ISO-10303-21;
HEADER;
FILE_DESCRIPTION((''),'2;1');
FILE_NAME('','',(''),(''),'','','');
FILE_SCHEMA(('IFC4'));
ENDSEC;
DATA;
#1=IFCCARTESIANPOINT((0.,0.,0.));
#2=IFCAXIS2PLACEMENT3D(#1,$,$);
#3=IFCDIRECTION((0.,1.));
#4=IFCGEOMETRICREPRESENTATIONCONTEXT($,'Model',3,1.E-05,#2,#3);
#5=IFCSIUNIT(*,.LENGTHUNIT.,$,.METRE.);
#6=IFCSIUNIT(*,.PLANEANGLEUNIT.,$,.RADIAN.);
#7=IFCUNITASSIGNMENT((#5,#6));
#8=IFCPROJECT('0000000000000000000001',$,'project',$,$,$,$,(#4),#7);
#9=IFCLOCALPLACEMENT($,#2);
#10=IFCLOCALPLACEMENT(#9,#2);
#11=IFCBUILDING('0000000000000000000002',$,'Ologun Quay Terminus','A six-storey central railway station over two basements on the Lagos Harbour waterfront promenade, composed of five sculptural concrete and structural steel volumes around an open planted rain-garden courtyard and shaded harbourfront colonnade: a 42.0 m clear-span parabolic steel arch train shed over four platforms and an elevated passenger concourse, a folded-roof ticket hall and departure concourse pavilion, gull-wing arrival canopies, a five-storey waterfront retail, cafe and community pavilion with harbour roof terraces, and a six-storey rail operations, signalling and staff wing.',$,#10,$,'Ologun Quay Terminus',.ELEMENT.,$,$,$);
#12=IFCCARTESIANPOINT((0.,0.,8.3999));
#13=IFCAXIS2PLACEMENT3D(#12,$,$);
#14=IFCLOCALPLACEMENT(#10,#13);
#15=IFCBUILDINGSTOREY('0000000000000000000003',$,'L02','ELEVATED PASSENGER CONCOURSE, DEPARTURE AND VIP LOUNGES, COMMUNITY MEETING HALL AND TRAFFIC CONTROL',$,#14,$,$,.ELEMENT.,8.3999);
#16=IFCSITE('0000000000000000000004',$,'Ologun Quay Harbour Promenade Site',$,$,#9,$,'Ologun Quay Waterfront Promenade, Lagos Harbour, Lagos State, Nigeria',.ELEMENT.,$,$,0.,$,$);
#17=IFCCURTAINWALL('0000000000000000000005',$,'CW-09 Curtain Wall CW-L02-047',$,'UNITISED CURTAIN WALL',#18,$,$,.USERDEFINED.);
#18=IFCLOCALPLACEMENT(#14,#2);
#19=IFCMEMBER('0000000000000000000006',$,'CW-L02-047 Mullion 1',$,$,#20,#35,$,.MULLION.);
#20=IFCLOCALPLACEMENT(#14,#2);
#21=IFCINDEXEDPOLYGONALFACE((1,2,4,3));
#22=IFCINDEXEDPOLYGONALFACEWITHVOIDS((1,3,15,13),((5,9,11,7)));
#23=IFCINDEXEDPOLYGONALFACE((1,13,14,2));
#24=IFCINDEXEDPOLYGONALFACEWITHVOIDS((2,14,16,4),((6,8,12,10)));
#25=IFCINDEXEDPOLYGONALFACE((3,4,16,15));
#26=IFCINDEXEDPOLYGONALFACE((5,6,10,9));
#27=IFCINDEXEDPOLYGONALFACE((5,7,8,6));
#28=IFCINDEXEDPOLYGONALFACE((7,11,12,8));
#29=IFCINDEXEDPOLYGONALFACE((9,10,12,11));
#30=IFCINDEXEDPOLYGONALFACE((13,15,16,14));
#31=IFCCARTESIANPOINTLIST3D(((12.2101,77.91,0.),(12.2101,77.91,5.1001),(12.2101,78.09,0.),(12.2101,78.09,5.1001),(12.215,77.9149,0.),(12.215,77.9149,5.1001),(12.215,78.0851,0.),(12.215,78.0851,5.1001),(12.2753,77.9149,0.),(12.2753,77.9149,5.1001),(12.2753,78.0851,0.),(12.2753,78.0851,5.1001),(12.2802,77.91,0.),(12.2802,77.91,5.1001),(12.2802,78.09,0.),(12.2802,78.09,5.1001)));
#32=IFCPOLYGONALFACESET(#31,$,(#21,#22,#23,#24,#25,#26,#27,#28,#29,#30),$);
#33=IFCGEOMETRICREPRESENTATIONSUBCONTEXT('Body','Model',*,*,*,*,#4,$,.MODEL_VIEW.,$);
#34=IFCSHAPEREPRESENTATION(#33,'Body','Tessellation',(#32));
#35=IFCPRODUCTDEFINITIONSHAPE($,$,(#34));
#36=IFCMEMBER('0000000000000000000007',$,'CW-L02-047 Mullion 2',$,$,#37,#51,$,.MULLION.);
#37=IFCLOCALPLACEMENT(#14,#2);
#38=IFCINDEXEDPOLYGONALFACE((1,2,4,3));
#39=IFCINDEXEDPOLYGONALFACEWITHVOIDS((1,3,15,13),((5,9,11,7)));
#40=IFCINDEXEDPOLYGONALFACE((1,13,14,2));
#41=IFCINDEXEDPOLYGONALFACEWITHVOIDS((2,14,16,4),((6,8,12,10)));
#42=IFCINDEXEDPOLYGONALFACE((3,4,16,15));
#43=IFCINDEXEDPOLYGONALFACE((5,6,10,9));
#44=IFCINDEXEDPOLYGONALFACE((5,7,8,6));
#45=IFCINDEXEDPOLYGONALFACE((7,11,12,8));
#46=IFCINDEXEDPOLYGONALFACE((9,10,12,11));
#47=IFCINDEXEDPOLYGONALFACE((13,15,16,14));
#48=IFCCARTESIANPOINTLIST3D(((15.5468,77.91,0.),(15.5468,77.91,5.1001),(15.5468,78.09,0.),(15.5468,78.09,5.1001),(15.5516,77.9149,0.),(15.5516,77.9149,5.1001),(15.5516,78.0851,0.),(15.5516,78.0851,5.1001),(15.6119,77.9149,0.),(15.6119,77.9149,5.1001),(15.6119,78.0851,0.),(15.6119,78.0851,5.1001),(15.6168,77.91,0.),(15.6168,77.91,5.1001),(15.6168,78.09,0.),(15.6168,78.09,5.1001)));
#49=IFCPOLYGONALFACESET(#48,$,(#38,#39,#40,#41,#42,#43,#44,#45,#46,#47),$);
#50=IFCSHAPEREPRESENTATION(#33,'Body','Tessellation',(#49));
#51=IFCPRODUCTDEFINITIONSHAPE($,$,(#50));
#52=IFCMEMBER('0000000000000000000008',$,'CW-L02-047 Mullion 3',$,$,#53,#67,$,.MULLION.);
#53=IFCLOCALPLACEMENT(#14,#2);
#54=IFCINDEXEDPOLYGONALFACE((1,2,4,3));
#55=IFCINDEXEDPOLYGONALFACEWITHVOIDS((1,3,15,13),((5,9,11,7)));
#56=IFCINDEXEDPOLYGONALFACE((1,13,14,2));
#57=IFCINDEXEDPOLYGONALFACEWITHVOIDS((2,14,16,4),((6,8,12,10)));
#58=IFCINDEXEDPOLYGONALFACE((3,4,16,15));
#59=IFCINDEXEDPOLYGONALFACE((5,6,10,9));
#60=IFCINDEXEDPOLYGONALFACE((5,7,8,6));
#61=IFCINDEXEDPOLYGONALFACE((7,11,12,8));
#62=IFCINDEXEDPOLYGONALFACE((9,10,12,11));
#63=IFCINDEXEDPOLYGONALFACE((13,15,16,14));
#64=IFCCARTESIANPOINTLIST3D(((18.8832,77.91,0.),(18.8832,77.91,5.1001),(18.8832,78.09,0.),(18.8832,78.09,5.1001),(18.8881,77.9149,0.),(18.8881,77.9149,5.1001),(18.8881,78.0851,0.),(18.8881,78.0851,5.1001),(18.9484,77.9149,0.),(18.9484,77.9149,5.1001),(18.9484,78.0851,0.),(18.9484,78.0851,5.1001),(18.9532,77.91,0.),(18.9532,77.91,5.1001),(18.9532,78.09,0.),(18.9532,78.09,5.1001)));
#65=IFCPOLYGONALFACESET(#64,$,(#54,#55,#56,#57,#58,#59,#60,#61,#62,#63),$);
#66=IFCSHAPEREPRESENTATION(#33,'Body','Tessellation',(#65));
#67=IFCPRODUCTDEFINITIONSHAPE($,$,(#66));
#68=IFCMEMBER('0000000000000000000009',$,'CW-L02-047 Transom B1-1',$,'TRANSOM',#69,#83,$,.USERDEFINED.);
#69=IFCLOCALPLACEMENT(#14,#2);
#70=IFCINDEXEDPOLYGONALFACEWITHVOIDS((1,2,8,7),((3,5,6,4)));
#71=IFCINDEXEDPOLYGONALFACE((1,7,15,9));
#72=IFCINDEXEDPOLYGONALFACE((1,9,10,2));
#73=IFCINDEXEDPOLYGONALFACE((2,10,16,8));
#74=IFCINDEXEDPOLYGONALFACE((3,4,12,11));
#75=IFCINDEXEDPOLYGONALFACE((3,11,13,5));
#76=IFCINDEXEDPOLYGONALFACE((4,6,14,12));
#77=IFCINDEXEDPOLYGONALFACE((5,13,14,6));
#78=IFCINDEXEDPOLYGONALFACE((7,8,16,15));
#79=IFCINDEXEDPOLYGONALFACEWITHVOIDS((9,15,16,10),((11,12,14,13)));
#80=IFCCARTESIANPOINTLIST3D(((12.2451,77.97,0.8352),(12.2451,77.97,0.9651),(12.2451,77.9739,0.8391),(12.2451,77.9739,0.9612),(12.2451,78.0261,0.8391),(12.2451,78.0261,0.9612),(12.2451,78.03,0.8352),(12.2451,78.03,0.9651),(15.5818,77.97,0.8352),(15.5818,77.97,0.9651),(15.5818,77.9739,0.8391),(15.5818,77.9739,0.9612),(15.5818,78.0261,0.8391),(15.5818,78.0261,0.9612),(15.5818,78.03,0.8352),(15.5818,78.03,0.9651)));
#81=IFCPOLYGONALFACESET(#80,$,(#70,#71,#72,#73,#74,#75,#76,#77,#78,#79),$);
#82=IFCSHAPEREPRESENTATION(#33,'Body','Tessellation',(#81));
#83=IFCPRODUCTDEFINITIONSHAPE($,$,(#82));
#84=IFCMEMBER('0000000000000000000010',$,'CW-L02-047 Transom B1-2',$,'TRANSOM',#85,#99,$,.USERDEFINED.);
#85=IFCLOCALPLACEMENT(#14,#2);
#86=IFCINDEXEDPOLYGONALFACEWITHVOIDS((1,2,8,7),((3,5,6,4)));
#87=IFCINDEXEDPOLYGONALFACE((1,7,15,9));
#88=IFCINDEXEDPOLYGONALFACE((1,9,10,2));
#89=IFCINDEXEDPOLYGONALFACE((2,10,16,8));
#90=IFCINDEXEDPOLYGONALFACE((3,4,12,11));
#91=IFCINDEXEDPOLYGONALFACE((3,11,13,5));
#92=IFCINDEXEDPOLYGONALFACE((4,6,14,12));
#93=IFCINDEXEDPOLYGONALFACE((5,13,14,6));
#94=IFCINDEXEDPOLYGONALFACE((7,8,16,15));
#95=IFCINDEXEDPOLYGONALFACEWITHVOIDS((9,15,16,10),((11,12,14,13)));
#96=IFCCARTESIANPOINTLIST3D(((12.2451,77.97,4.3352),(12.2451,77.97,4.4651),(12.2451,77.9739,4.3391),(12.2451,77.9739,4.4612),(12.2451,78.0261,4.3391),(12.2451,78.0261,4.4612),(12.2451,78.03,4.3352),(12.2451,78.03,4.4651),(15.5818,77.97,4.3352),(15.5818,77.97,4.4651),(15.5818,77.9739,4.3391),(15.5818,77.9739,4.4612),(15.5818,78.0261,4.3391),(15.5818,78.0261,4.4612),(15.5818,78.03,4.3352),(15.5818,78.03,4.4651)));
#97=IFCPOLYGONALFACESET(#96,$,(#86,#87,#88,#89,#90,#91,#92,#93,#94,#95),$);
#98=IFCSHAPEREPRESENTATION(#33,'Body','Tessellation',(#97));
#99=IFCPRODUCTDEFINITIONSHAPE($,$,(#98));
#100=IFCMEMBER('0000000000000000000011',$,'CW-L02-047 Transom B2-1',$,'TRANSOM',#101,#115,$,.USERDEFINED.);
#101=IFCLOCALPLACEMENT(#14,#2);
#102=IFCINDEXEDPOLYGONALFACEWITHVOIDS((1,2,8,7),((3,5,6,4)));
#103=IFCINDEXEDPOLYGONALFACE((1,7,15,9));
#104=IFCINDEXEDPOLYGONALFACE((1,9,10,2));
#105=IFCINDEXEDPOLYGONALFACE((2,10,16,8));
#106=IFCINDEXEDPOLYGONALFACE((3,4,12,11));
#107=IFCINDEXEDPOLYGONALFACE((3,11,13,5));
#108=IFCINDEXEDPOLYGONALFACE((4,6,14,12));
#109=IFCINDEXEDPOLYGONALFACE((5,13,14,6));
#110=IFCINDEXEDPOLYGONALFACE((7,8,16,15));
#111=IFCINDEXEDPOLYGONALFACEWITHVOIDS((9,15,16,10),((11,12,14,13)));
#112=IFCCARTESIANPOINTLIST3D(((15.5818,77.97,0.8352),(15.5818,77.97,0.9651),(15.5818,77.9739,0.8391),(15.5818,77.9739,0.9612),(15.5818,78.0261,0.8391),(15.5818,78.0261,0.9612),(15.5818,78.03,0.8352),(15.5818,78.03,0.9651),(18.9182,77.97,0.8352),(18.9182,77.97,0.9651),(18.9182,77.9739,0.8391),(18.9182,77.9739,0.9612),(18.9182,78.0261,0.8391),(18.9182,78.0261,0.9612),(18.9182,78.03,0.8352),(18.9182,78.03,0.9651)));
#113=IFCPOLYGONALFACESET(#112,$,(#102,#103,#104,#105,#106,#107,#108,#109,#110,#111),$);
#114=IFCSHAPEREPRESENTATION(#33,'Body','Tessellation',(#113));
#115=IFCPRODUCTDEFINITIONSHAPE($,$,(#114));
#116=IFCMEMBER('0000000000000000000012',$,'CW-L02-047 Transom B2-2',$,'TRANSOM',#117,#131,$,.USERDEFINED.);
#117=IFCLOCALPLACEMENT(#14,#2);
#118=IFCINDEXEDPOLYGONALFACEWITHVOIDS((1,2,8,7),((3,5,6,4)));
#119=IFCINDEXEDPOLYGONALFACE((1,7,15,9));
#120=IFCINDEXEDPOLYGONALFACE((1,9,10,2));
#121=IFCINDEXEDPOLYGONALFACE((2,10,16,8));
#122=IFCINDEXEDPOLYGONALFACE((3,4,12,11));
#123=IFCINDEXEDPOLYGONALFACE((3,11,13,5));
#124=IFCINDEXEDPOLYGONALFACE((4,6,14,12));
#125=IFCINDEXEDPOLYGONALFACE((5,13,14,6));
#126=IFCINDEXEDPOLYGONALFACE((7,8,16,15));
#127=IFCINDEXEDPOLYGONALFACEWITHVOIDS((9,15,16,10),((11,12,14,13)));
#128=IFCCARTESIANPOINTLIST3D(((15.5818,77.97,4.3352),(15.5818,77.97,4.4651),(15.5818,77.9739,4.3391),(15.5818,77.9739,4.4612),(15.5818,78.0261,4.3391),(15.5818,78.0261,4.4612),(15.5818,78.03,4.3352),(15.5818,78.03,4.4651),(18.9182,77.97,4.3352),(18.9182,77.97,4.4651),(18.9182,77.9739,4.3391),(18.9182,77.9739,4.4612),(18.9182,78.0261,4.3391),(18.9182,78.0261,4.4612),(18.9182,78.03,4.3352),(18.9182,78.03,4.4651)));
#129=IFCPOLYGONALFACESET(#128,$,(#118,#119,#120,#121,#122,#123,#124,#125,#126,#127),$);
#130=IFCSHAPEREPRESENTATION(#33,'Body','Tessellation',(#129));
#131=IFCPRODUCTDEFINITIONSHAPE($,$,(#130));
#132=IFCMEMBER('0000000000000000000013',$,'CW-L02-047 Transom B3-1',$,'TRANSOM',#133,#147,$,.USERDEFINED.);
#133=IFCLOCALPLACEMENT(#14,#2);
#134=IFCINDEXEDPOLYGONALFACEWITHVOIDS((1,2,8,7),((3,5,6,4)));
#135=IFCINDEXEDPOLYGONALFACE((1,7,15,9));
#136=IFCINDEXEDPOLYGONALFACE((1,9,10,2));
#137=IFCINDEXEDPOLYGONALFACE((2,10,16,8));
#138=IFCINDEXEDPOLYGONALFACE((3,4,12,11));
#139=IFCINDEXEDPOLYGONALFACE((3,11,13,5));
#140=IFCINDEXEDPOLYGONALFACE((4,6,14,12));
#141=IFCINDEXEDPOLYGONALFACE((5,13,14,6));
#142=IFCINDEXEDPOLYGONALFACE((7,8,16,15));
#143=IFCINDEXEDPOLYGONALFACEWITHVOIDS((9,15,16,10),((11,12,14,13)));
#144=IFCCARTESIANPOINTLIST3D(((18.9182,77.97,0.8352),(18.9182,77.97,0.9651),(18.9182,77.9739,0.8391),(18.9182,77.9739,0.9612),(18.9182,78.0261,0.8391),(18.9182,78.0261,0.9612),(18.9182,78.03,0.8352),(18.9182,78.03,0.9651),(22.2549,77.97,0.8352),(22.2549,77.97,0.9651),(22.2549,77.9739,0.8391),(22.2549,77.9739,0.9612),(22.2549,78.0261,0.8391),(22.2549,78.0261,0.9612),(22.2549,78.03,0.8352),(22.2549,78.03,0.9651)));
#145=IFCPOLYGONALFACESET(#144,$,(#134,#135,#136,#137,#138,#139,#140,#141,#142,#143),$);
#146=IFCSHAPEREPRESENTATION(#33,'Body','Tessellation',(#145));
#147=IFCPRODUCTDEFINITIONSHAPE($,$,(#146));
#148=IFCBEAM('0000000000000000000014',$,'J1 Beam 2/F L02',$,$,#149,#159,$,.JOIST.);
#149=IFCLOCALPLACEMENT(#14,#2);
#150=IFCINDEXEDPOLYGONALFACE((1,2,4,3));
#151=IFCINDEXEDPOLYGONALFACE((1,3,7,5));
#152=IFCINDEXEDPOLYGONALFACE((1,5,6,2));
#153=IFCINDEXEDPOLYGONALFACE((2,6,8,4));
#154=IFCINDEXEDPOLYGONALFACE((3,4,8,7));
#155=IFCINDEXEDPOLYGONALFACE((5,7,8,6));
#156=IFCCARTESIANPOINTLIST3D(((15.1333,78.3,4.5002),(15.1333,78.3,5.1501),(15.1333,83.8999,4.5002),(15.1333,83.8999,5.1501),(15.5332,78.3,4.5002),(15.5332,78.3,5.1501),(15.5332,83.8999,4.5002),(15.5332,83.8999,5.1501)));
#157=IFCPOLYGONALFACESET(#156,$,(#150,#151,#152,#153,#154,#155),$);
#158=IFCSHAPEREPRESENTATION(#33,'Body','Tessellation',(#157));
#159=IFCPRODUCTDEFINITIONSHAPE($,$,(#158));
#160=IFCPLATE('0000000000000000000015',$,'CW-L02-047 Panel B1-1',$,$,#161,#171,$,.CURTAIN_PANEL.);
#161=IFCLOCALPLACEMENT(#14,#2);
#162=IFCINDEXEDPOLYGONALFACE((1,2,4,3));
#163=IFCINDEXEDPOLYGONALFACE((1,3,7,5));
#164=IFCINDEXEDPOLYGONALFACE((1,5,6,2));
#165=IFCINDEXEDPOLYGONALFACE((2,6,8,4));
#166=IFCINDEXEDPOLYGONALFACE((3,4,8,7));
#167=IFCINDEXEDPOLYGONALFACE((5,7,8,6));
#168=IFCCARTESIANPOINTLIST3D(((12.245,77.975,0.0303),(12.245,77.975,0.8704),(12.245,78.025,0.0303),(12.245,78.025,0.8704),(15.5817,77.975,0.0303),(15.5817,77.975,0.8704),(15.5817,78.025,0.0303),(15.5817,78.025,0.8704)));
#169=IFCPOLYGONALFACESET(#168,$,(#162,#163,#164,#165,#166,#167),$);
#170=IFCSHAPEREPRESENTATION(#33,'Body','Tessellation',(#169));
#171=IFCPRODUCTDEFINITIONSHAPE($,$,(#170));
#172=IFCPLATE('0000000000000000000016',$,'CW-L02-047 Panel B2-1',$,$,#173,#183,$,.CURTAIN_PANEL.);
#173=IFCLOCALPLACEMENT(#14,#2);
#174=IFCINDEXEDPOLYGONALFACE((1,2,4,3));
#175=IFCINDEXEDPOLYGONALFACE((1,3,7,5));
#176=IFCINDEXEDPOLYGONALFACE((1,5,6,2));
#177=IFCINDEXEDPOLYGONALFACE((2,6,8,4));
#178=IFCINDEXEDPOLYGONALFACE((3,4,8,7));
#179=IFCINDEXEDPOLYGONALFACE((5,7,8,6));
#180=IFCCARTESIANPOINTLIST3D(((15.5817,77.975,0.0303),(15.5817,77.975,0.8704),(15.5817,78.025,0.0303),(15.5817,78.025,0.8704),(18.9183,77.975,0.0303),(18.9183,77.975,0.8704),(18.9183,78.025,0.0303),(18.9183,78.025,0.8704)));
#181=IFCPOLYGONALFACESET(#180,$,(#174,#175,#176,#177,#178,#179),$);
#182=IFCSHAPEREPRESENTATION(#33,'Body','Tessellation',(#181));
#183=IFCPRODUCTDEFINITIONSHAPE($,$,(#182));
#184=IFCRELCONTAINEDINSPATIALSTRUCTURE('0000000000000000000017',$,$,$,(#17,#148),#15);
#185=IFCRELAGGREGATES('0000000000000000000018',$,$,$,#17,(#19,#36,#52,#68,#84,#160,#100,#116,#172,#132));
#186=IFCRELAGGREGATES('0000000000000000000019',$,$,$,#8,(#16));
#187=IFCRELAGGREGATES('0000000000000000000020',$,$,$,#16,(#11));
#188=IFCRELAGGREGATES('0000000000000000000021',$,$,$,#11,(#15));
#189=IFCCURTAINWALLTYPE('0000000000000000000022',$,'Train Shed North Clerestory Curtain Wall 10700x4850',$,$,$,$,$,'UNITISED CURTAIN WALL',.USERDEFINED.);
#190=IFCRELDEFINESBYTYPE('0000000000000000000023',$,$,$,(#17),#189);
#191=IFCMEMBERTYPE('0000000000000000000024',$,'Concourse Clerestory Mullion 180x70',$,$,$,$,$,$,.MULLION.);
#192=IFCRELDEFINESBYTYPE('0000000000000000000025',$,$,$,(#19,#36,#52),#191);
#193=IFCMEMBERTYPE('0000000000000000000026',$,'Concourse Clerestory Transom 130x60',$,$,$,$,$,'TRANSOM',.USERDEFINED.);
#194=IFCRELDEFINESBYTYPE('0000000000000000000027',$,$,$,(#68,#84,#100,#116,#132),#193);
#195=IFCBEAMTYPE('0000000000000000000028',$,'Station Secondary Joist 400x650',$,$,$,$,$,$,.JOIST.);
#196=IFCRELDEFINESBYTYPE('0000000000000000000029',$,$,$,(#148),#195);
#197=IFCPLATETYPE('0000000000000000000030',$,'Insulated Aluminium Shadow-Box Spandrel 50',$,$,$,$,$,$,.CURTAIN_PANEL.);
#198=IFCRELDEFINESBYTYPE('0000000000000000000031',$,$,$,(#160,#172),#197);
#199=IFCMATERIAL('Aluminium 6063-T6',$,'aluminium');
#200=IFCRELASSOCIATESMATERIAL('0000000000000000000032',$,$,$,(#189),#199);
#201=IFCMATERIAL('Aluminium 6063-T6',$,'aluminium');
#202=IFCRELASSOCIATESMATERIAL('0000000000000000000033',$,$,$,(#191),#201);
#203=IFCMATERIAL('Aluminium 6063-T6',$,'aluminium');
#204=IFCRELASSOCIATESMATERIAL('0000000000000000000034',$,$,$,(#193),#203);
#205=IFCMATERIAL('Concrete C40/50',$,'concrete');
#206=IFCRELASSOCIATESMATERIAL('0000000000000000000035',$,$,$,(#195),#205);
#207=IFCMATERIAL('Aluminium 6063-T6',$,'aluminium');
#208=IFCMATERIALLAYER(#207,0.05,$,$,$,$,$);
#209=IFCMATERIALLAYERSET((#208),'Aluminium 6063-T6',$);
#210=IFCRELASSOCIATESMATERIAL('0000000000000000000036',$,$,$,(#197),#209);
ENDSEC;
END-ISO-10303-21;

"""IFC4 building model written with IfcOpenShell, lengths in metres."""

from ifc_helpers import new_model, si_unit, direction, frame, origin, origin_2d, place, context, subcontext, project, spatial, rectangle, hollow_rectangle, extrude, material, layer, layer_set, material_profile, profile_set, type_object, element, aggregate, save


model = new_model("IFC4")

# Units and contexts
model_context = context("Model", 3, precision=1e-05, world=origin(), true_north=direction((0.0, 1.0)))
body_context = subcontext(model_context, "Body", "Model", "MODEL_VIEW")
ifc_project = project(units=[si_unit("LENGTHUNIT", "METRE"), si_unit("PLANEANGLEUNIT", "RADIAN")], contexts=[model_context])

# Site, building, storey
site_placement = place(None, origin())
site = spatial("IfcSite", under=ifc_project, at=site_placement, Name="Ologun Quay Harbour Promenade Site", LongName="Ologun Quay Waterfront Promenade, Lagos Harbour, Lagos State, Nigeria", CompositionType="ELEMENT", RefElevation=0.0)
building_placement = place(site_placement, origin())
building = spatial("IfcBuilding", under=site, at=building_placement, Name="Ologun Quay Terminus", Description="A six-storey central railway station over two basements on the Lagos Harbour waterfront promenade, composed of five sculptural concrete and structural steel volumes around an open planted rain-garden courtyard and shaded harbourfront colonnade: a 42.0 m clear-span parabolic steel arch train shed over four platforms and an elevated passenger concourse, a folded-roof ticket hall and departure concourse pavilion, gull-wing arrival canopies, a five-storey waterfront retail, cafe and community pavilion with harbour roof terraces, and a six-storey rail operations, signalling and staff wing.", LongName="Ologun Quay Terminus", CompositionType="ELEMENT")
storey_placement = place(building_placement, frame((0.0, 0.0, 8.3999)))
storey = spatial("IfcBuildingStorey", under=building, at=storey_placement, Name="L02", Description="ELEVATED PASSENGER CONCOURSE, DEPARTURE AND VIP LOUNGES, COMMUNITY MEETING HALL AND TRAFFIC CONTROL", CompositionType="ELEMENT", Elevation=8.3999)

# Curtain wall, members
ifc_material_1 = material(Name="Aluminium 6063-T6", Category="aluminium")
curtain_wall_type = type_object("IfcCurtainWallType", Name="Train Shed North Clerestory Curtain Wall 10700x4850", ElementType="UNITISED CURTAIN WALL", PredefinedType="USERDEFINED", material=ifc_material_1)
curtain_wall_placement = place(storey_placement, origin())
curtain_wall = element("IfcCurtainWall", 1, at=curtain_wall_placement, inside=storey, type_object=curtain_wall_type, Name="CW-09 Curtain Wall CW-L02-047", ObjectType="UNITISED CURTAIN WALL", PredefinedType="USERDEFINED")
ifc_material_2 = material(Name="Aluminium 6063-T6", Category="aluminium")
ifc_material_profile_1 = material_profile(ifc_material_2, hollow_rectangle(XDim=0.0701, YDim=0.1799, WallThickness=0.0049, at=origin_2d()), Name="ALU 180x70x5")
ifc_profile_set_1 = profile_set([ifc_material_profile_1], Name="Aluminium 6063-T6")
member_type_1 = type_object("IfcMemberType", Name="Concourse Clerestory Mullion 180x70", PredefinedType="MULLION", material=ifc_profile_set_1)
member_1_placement = place(storey_placement, frame((12.2451, 78.0, 0.0), z_axis=(0.0, 0.0, 1.0), x_axis=(1.0, 0.0, 0.0)))
member_1 = element("IfcMember", 2, at=member_1_placement, type_object=member_type_1, Name="CW-L02-047 Mullion 1", PredefinedType="MULLION", context=body_context, shape_type="SweptSolid", body=[
    extrude(hollow_rectangle(XDim=0.0701, YDim=0.1799, WallThickness=0.0049, at=origin_2d()), origin(), (0.0, 0.0, 1.0), 5.1001),
])
member_2_placement = place(storey_placement, frame((15.5818, 78.0, 0.0), z_axis=(0.0, 0.0, 1.0), x_axis=(1.0, 0.0, 0.0)))
member_2 = element("IfcMember", 3, at=member_2_placement, type_object=member_type_1, Name="CW-L02-047 Mullion 2", PredefinedType="MULLION", context=body_context, shape_type="SweptSolid", body=[
    extrude(hollow_rectangle(XDim=0.0701, YDim=0.1799, WallThickness=0.0049, at=origin_2d()), origin(), (0.0, 0.0, 1.0), 5.1001),
])
member_3_placement = place(storey_placement, frame((18.9182, 78.0, 0.0), z_axis=(0.0, 0.0, 1.0), x_axis=(1.0, 0.0, 0.0)))
member_3 = element("IfcMember", 4, at=member_3_placement, type_object=member_type_1, Name="CW-L02-047 Mullion 3", PredefinedType="MULLION", context=body_context, shape_type="SweptSolid", body=[
    extrude(hollow_rectangle(XDim=0.0701, YDim=0.1799, WallThickness=0.0049, at=origin_2d()), origin(), (0.0, 0.0, 1.0), 5.1001),
])
ifc_material_3 = material(Name="Aluminium 6063-T6", Category="aluminium")
ifc_material_profile_2 = material_profile(ifc_material_3, hollow_rectangle(XDim=0.0601, YDim=0.1299, WallThickness=0.0039, at=origin_2d()), Name="ALU 130x60x4")
ifc_profile_set_2 = profile_set([ifc_material_profile_2], Name="Aluminium 6063-T6")
member_type_2 = type_object("IfcMemberType", Name="Concourse Clerestory Transom 130x60", ElementType="TRANSOM", PredefinedType="USERDEFINED", material=ifc_profile_set_2)
member_4_placement = place(storey_placement, frame((12.2451, 78.0, 0.9001), z_axis=(1.0, 0.0, 0.0), x_axis=(0.0, 1.0, 0.0)))
member_4 = element("IfcMember", 5, at=member_4_placement, type_object=member_type_2, Name="CW-L02-047 Transom B1-1", ObjectType="TRANSOM", PredefinedType="USERDEFINED", context=body_context, shape_type="SweptSolid", body=[
    extrude(hollow_rectangle(XDim=0.0601, YDim=0.1299, WallThickness=0.0039, at=origin_2d()), origin(), (0.0, 0.0, 1.0), 3.3367),
])
member_5_placement = place(storey_placement, frame((12.2451, 78.0, 4.4001), z_axis=(1.0, 0.0, 0.0), x_axis=(0.0, 1.0, 0.0)))
member_5 = element("IfcMember", 6, at=member_5_placement, type_object=member_type_2, Name="CW-L02-047 Transom B1-2", ObjectType="TRANSOM", PredefinedType="USERDEFINED", context=body_context, shape_type="SweptSolid", body=[
    extrude(hollow_rectangle(XDim=0.0601, YDim=0.1299, WallThickness=0.0039, at=origin_2d()), origin(), (0.0, 0.0, 1.0), 3.3367),
])
member_6_placement = place(storey_placement, frame((15.5818, 78.0, 0.9001), z_axis=(1.0, 0.0, 0.0), x_axis=(0.0, 1.0, 0.0)))
member_6 = element("IfcMember", 7, at=member_6_placement, type_object=member_type_2, Name="CW-L02-047 Transom B2-1", ObjectType="TRANSOM", PredefinedType="USERDEFINED", context=body_context, shape_type="SweptSolid", body=[
    extrude(hollow_rectangle(XDim=0.0601, YDim=0.1299, WallThickness=0.0039, at=origin_2d()), origin(), (0.0, 0.0, 1.0), 3.3364),
])
member_7_placement = place(storey_placement, frame((15.5818, 78.0, 4.4001), z_axis=(1.0, 0.0, 0.0), x_axis=(0.0, 1.0, 0.0)))
member_7 = element("IfcMember", 8, at=member_7_placement, type_object=member_type_2, Name="CW-L02-047 Transom B2-2", ObjectType="TRANSOM", PredefinedType="USERDEFINED", context=body_context, shape_type="SweptSolid", body=[
    extrude(hollow_rectangle(XDim=0.0601, YDim=0.1299, WallThickness=0.0039, at=origin_2d()), origin(), (0.0, 0.0, 1.0), 3.3364),
])
member_8_placement = place(storey_placement, frame((18.9182, 78.0, 0.9001), z_axis=(1.0, 0.0, 0.0), x_axis=(0.0, 1.0, 0.0)))
member_8 = element("IfcMember", 9, at=member_8_placement, type_object=member_type_2, Name="CW-L02-047 Transom B3-1", ObjectType="TRANSOM", PredefinedType="USERDEFINED", context=body_context, shape_type="SweptSolid", body=[
    extrude(hollow_rectangle(XDim=0.0601, YDim=0.1299, WallThickness=0.0039, at=origin_2d()), origin(), (0.0, 0.0, 1.0), 3.3367),
])

# Beam
ifc_material_4 = material(Name="Concrete C40/50", Category="concrete")
ifc_material_profile_3 = material_profile(ifc_material_4, rectangle(XDim=0.3999, YDim=0.6499, at=origin_2d()), Name="RC 400x650")
ifc_profile_set_3 = profile_set([ifc_material_profile_3], Name="Concrete C40/50")
beam_type = type_object("IfcBeamType", Name="Station Secondary Joist 400x650", PredefinedType="JOIST", material=ifc_profile_set_3)
beam_placement = place(storey_placement, frame((15.3333, 78.3, 4.8252), z_axis=(0.0, 1.0, 0.0), x_axis=(-1.0, 0.0, 0.0)))
element("IfcBeam", 10, at=beam_placement, inside=storey, type_object=beam_type, Name="J1 Beam 2/F L02", PredefinedType="JOIST", context=body_context, shape_type="SweptSolid", body=[
    extrude(rectangle(XDim=0.3999, YDim=0.6499, at=origin_2d()), origin(), (0.0, 0.0, 1.0), 5.5999),
])

# Plates
ifc_material_5 = material(Name="Aluminium 6063-T6", Category="aluminium")
ifc_layer_1 = layer(ifc_material_5, 0.05)
ifc_layer_set_1 = layer_set([ifc_layer_1], Name="Aluminium 6063-T6")
plate_type_1 = type_object("IfcPlateType", Name="Insulated Aluminium Shadow-Box Spandrel 50", PredefinedType="CURTAIN_PANEL", material=ifc_layer_set_1)
plate_1_placement = place(storey_placement, frame((13.9133, 78.0, 0.0303), z_axis=(0.0, 0.0, 1.0), x_axis=(1.0, 0.0, 0.0)))
plate_1 = element("IfcPlate", 11, at=plate_1_placement, type_object=plate_type_1, Name="CW-L02-047 Panel B1-1", PredefinedType="CURTAIN_PANEL", context=body_context, shape_type="SweptSolid", body=[
    extrude(rectangle(XDim=3.3367, YDim=0.05, at=origin_2d()), origin(), (0.0, 0.0, 1.0), 0.8401),
])
plate_2_placement = place(storey_placement, frame((17.25, 78.0, 0.0303), z_axis=(0.0, 0.0, 1.0), x_axis=(1.0, 0.0, 0.0)))
plate_2 = element("IfcPlate", 12, at=plate_2_placement, type_object=plate_type_1, Name="CW-L02-047 Panel B2-1", PredefinedType="CURTAIN_PANEL", context=body_context, shape_type="SweptSolid", body=[
    extrude(rectangle(XDim=3.3367, YDim=0.05, at=origin_2d()), origin(), (0.0, 0.0, 1.0), 0.8401),
])
aggregate(curtain_wall, [member_1, member_2, member_3, member_4, member_5, plate_1, member_6, member_7, plate_2, member_8])

save(model, "model.ifc")
